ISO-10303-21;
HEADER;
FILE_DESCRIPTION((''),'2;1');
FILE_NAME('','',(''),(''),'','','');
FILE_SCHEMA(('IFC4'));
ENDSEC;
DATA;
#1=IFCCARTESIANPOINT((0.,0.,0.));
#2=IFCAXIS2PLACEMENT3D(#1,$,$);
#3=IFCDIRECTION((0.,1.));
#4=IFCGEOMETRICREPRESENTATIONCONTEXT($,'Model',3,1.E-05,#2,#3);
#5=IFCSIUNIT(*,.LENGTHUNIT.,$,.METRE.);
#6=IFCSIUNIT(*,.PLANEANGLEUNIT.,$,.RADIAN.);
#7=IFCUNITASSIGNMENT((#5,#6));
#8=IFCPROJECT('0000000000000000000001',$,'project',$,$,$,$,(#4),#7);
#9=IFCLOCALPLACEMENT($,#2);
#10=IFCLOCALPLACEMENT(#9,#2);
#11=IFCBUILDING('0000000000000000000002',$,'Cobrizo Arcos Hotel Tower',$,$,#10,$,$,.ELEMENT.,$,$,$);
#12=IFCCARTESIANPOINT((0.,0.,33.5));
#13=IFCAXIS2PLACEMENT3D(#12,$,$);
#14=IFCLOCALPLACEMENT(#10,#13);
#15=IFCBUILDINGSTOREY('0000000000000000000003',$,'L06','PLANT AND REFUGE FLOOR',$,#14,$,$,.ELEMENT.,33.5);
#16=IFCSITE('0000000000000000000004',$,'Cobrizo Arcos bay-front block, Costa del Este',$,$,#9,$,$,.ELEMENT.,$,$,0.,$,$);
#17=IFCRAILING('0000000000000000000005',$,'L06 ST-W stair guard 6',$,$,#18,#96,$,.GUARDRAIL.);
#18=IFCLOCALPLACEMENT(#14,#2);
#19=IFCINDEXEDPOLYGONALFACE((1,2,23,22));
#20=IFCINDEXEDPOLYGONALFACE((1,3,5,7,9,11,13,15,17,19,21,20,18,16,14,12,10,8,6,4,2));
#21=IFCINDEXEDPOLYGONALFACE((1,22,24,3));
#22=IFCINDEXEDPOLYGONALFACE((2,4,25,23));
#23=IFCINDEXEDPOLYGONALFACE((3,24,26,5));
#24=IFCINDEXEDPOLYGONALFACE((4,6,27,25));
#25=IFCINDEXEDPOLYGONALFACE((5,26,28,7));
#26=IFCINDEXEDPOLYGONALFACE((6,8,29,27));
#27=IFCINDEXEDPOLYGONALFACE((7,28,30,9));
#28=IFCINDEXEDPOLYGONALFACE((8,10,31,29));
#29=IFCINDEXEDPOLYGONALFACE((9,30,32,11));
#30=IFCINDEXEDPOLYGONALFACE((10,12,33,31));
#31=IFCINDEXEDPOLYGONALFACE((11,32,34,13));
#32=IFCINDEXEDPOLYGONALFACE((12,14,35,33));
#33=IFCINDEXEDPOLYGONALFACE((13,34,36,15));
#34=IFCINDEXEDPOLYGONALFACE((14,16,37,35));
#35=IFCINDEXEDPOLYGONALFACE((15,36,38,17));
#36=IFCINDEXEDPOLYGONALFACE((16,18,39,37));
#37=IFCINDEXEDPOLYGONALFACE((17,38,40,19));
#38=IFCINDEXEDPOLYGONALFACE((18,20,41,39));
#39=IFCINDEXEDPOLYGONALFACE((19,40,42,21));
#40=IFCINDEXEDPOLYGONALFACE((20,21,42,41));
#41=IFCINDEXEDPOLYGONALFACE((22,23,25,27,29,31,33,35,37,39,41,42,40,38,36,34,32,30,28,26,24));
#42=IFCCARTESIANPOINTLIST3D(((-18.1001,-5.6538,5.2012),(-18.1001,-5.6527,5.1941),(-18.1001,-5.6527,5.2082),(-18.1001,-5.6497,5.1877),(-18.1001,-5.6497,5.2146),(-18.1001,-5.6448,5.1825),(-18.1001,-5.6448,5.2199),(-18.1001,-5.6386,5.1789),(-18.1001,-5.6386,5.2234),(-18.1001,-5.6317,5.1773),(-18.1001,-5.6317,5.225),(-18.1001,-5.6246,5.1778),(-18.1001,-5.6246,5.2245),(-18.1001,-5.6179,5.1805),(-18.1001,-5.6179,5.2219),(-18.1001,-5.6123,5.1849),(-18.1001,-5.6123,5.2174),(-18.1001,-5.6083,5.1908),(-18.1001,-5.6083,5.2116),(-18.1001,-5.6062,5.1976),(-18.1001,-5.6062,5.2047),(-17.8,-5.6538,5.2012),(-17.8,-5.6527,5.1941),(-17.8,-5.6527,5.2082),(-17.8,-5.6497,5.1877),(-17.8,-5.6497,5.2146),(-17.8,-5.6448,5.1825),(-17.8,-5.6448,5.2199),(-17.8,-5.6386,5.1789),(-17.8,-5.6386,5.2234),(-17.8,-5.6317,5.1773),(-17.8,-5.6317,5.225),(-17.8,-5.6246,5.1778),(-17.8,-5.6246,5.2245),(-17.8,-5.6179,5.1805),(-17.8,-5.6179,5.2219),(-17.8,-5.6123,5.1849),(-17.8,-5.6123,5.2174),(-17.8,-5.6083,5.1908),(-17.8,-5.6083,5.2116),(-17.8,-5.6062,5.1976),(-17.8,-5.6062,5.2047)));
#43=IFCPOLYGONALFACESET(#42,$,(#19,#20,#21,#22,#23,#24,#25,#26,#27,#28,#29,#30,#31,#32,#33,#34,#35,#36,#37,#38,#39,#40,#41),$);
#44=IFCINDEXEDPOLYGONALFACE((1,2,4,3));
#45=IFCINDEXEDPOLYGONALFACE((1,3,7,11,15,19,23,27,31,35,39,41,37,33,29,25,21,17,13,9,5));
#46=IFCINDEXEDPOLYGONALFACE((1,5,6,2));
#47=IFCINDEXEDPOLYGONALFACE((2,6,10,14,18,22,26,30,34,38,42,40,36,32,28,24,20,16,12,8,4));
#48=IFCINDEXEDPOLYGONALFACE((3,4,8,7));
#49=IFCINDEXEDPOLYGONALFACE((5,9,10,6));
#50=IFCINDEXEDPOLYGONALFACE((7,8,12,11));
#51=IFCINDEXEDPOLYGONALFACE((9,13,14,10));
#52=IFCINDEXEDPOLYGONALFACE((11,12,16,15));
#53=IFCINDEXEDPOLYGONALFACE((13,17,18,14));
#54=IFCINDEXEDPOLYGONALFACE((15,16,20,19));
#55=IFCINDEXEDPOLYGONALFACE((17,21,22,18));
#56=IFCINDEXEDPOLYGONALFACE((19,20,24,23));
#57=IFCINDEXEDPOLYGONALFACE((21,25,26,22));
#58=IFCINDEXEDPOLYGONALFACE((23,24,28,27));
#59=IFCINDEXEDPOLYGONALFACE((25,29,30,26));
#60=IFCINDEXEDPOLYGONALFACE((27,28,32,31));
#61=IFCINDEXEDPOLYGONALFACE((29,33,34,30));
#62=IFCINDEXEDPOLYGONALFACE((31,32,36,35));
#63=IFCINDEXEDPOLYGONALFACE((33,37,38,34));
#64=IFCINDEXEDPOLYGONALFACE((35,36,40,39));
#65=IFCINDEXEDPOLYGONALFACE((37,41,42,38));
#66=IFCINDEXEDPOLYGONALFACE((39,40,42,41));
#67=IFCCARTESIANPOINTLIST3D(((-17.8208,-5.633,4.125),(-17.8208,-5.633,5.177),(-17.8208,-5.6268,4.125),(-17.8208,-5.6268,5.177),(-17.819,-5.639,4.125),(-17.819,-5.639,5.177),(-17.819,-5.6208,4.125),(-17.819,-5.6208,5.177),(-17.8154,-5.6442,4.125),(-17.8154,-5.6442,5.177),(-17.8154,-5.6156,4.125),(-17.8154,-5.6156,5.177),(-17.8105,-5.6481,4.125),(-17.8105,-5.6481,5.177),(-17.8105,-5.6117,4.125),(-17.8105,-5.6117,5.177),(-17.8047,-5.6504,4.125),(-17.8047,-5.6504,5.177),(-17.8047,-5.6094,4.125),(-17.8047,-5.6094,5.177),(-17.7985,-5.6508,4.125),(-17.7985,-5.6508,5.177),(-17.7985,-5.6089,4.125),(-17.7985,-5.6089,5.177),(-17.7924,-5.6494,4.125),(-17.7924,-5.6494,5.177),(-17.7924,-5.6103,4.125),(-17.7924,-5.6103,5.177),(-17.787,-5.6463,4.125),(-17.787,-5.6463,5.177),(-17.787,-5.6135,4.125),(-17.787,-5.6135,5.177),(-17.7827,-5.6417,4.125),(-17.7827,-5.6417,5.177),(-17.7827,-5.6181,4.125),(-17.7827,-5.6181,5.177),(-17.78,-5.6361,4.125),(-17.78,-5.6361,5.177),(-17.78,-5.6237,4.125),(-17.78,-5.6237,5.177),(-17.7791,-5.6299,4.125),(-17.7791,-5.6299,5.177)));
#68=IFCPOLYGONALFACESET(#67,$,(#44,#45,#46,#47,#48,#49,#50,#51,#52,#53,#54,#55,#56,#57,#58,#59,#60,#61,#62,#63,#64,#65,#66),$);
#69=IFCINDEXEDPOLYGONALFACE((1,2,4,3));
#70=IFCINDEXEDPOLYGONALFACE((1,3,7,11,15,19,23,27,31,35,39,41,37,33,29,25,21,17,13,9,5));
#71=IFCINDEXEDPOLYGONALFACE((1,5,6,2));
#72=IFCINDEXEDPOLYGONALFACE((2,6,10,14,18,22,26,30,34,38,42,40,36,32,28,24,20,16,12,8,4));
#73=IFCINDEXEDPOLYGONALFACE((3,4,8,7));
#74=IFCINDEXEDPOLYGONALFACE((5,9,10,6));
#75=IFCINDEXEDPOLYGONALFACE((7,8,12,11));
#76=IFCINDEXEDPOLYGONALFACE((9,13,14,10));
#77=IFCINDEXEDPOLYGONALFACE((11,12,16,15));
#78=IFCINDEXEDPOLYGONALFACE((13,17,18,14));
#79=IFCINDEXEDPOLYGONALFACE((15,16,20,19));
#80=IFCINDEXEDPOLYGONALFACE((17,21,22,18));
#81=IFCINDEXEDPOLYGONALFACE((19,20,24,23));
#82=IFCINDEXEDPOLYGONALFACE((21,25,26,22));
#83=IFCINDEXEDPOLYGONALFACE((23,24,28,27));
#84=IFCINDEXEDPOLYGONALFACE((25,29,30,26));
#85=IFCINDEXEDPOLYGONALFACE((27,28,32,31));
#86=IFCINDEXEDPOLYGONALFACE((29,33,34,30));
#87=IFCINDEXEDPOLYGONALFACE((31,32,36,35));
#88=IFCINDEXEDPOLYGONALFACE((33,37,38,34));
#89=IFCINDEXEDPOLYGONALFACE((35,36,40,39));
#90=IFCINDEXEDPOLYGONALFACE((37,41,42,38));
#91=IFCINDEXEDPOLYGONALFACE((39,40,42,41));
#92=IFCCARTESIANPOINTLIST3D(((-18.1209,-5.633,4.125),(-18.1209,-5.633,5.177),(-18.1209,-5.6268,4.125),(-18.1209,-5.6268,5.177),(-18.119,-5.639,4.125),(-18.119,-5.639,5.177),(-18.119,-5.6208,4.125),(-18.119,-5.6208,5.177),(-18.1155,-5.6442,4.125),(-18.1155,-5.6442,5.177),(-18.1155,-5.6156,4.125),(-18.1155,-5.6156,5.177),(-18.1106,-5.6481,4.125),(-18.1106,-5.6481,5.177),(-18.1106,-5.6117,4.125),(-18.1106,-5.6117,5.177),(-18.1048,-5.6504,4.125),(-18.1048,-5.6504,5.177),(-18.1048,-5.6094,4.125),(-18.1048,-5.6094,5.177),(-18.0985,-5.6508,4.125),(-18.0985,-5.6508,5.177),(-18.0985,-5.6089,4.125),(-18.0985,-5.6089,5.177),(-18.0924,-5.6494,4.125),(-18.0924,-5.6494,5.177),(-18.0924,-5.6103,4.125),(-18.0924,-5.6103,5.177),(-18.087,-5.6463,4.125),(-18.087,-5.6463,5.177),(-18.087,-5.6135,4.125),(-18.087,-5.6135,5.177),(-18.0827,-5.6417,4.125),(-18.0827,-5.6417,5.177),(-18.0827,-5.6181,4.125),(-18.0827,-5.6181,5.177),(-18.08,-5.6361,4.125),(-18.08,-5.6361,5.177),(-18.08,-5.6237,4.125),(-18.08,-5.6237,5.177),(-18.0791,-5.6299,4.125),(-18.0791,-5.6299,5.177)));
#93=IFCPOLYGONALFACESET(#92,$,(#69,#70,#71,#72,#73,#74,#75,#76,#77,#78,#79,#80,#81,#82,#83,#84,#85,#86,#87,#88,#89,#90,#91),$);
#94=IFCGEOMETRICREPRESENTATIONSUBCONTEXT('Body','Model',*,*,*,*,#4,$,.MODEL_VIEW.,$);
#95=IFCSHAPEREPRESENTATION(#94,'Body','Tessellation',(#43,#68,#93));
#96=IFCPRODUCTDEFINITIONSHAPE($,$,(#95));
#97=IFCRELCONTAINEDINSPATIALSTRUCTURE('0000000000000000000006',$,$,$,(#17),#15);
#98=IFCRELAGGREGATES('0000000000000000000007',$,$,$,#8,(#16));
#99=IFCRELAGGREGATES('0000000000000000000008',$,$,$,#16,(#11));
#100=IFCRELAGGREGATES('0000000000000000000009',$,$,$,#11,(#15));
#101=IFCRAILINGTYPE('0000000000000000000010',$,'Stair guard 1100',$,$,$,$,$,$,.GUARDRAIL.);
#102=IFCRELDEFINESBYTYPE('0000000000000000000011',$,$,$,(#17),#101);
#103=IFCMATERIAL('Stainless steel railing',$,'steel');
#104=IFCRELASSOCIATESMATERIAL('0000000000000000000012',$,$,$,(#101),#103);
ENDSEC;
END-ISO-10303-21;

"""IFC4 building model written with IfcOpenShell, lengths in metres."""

from ifc_helpers import new_model, si_unit, direction, frame, origin, origin_2d, place, context, subcontext, project, spatial, circle, extrude, material, type_object, element, save


model = new_model("IFC4")

# Units and contexts
model_context = context("Model", 3, precision=1e-05, world=origin(), true_north=direction((0.0, 1.0)))
body_context = subcontext(model_context, "Body", "Model", "MODEL_VIEW")
ifc_project = project(units=[si_unit("LENGTHUNIT", "METRE"), si_unit("PLANEANGLEUNIT", "RADIAN")], contexts=[model_context])

# Site, building, storey
site_placement = place(None, origin())
site = spatial("IfcSite", under=ifc_project, at=site_placement, Name="Cobrizo Arcos bay-front block, Costa del Este", CompositionType="ELEMENT", RefElevation=0.0)
building_placement = place(site_placement, origin())
building = spatial("IfcBuilding", under=site, at=building_placement, Name="Cobrizo Arcos Hotel Tower", CompositionType="ELEMENT")
storey_placement = place(building_placement, frame((0.0, 0.0, 33.5)))
storey = spatial("IfcBuildingStorey", under=building, at=storey_placement, Name="L06", Description="PLANT AND REFUGE FLOOR", CompositionType="ELEMENT", Elevation=33.5)

# Railing
ifc_material_1 = material(Name="Stainless steel railing", Category="steel")
railing_type_1 = type_object("IfcRailingType", Name="Stair guard 1100", PredefinedType="GUARDRAIL", material=ifc_material_1)
railing_1_placement = place(storey_placement, frame((-17.8, -5.6299, 4.125)))
element("IfcRailing", 1, at=railing_1_placement, inside=storey, type_object=railing_type_1, Name="L06 ST-W stair guard 6", PredefinedType="GUARDRAIL", context=body_context, shape_type="SweptSolid", body=[
    extrude(circle(Radius=0.0239, at=origin_2d()), frame((0.0, 0.0, 1.0762), z_axis=(-1.0, 0.0, 0.0), x_axis=(0.0, -1.0, 0.0)), (0.0, 0.0, 1.0), 0.3),
    extrude(circle(Radius=0.021, at=origin_2d()), origin(), (0.0, 0.0, 1.0), 1.052),
    extrude(circle(Radius=0.021, at=origin_2d()), frame((-0.3, 0.0, 0.0)), (0.0, 0.0, 1.0), 1.052),
])

save(model, "model.ifc")
